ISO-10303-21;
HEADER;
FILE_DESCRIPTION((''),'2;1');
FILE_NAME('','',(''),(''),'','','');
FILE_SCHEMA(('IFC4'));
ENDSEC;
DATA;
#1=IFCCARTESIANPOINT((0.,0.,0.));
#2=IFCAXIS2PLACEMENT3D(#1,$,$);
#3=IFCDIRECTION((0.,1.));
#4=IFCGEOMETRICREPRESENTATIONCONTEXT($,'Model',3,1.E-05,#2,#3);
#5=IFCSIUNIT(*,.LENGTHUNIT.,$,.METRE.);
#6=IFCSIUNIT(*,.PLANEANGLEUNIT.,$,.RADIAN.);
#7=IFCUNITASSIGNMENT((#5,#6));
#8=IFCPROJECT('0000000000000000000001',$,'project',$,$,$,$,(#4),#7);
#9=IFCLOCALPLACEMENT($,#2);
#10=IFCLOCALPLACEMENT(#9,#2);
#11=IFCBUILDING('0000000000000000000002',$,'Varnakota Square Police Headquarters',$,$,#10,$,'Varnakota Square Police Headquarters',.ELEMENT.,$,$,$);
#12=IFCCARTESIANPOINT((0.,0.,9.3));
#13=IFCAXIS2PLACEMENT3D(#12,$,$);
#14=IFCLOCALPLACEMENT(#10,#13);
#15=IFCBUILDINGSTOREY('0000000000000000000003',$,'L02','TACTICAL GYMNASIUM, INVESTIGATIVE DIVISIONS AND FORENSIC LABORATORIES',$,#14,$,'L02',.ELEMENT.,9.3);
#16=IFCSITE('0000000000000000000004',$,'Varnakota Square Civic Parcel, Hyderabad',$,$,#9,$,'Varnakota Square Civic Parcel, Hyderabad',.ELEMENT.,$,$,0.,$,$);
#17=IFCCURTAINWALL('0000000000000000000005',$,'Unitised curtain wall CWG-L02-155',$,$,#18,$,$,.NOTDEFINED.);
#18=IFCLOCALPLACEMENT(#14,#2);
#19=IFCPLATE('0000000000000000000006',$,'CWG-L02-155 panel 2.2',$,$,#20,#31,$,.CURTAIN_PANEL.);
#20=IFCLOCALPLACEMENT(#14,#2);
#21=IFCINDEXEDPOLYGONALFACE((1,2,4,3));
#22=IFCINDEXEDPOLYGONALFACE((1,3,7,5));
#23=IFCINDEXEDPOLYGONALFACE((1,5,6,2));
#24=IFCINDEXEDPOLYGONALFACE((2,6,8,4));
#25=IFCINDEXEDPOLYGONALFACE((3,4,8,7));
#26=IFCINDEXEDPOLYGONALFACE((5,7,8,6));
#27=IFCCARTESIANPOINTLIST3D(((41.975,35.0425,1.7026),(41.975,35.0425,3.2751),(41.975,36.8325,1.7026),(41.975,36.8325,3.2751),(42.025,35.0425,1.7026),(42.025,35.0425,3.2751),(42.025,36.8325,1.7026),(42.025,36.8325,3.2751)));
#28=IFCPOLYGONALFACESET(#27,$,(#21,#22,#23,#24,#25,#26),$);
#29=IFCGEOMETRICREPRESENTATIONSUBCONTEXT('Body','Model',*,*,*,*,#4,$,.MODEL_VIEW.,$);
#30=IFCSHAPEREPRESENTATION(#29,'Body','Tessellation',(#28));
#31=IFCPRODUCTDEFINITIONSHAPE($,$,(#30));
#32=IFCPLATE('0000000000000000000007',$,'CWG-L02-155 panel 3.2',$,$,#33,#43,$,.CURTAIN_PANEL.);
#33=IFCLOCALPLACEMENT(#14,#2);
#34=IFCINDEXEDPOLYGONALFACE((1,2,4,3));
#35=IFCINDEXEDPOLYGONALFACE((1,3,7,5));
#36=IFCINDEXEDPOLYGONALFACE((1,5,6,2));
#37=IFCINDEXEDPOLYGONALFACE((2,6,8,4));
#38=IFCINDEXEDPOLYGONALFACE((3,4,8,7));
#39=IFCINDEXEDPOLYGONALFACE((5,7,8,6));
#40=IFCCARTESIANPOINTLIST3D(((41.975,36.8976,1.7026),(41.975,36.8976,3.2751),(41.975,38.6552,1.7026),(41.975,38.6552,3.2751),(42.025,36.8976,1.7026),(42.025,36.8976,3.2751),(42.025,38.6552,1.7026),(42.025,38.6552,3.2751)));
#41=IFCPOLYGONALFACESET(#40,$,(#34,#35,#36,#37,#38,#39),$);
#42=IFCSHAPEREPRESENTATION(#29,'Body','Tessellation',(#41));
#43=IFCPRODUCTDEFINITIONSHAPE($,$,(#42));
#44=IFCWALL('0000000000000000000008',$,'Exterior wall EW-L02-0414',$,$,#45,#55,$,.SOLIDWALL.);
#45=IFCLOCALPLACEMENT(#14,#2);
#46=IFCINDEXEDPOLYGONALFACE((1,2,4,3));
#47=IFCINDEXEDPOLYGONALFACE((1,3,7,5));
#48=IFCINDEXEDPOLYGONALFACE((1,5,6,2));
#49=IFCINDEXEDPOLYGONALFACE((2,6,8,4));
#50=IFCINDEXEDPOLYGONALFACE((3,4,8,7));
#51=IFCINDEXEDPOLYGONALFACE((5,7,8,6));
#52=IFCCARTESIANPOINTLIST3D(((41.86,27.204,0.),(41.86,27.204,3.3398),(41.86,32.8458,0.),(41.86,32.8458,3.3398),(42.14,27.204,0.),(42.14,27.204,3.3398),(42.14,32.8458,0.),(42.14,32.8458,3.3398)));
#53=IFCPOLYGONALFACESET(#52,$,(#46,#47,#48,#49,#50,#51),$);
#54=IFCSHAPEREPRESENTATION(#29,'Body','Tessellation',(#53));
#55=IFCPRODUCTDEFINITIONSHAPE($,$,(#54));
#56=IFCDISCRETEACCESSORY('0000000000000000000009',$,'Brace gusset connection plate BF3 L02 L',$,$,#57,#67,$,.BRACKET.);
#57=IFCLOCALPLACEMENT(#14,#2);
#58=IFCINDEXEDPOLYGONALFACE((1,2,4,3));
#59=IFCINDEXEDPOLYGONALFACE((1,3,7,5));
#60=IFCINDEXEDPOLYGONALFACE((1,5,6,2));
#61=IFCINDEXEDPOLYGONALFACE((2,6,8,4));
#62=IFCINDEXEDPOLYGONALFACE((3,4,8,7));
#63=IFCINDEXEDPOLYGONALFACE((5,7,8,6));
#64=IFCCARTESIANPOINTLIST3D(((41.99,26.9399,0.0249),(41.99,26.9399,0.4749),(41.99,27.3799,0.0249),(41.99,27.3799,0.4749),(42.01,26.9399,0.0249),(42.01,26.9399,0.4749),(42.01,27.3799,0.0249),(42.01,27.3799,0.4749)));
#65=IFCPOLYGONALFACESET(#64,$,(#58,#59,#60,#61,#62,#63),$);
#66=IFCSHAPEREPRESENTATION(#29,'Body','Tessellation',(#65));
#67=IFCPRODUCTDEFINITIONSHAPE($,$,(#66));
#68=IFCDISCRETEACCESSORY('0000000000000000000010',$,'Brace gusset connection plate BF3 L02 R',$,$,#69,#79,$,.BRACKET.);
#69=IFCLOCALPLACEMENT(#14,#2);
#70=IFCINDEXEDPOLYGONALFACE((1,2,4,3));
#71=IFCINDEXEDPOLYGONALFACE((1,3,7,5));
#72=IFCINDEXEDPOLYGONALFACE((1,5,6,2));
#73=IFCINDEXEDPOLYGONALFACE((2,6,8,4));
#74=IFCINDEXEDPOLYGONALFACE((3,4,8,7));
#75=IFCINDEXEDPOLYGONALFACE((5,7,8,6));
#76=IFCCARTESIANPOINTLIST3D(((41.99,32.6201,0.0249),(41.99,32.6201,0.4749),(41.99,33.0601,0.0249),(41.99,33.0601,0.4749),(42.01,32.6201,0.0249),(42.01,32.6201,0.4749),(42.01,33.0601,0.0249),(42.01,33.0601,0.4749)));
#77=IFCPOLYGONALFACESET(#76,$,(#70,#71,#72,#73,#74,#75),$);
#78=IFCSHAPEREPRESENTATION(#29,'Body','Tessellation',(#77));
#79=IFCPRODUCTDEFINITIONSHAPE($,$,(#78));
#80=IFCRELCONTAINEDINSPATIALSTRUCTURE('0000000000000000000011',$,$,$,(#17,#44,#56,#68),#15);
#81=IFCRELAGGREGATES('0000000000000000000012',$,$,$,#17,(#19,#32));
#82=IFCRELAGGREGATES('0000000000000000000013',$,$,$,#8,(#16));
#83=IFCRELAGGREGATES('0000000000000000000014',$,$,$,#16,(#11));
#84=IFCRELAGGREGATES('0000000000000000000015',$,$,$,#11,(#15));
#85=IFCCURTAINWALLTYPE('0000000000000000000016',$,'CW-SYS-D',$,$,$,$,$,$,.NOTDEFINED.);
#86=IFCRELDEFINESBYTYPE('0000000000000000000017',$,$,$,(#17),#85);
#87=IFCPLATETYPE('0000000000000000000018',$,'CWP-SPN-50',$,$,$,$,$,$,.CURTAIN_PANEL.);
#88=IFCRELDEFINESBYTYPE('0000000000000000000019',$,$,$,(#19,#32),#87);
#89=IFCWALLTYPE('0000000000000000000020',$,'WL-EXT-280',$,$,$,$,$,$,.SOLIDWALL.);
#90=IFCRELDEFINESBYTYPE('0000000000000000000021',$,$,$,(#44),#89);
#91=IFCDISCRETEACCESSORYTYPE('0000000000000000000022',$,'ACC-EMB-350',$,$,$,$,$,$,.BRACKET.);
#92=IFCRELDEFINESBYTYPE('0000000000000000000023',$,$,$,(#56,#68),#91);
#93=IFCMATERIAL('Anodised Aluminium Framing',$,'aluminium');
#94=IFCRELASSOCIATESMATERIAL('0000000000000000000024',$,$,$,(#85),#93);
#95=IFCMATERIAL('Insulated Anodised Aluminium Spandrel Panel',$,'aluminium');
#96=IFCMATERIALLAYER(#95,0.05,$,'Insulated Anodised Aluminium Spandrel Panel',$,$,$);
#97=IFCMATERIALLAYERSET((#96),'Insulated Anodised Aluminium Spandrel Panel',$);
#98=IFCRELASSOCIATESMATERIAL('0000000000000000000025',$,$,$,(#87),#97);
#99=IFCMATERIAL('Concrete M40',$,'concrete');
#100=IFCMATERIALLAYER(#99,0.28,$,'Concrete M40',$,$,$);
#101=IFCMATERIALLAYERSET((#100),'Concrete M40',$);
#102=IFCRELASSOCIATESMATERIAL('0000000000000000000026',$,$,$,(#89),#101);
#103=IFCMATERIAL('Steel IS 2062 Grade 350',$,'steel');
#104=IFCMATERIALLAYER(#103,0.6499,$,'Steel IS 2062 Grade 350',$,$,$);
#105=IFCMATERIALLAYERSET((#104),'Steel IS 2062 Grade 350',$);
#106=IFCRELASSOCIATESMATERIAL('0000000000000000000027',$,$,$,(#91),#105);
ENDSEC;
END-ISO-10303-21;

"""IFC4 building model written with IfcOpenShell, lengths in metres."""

from ifc_helpers import new_model, si_unit, direction, frame, frame_2d, origin, origin_2d, place, context, subcontext, project, spatial, rectangle, extrude, material, layer, layer_set, type_object, element, aggregate, save


model = new_model("IFC4")

# Units and contexts
model_context = context("Model", 3, precision=1e-05, world=origin(), true_north=direction((0.0, 1.0)))
body_context = subcontext(model_context, "Body", "Model", "MODEL_VIEW")
ifc_project = project(units=[si_unit("LENGTHUNIT", "METRE"), si_unit("PLANEANGLEUNIT", "RADIAN")], contexts=[model_context])

# Site, building, storey
site_placement = place(None, origin())
site = spatial("IfcSite", under=ifc_project, at=site_placement, Name="Varnakota Square Civic Parcel, Hyderabad", LongName="Varnakota Square Civic Parcel, Hyderabad", CompositionType="ELEMENT", RefElevation=0.0)
building_placement = place(site_placement, origin())
building = spatial("IfcBuilding", under=site, at=building_placement, Name="Varnakota Square Police Headquarters", LongName="Varnakota Square Police Headquarters", CompositionType="ELEMENT")
storey_placement = place(building_placement, frame((0.0, 0.0, 9.3)))
storey = spatial("IfcBuildingStorey", under=building, at=storey_placement, Name="L02", Description="TACTICAL GYMNASIUM, INVESTIGATIVE DIVISIONS AND FORENSIC LABORATORIES", LongName="L02", CompositionType="ELEMENT", Elevation=9.3)

# Shared definitions
ifc_material_1 = material(Name="Steel IS 2062 Grade 350", Category="steel")

# Shared definitions
ifc_material_2 = material(Name="Anodised Aluminium Framing", Category="aluminium")
curtain_wall_type = type_object("IfcCurtainWallType", Name="CW-SYS-D", PredefinedType="NOTDEFINED", material=ifc_material_2)

# Curtain wall
curtain_wall_1_placement = place(storey_placement, origin())
curtain_wall_1 = element("IfcCurtainWall", 1, at=curtain_wall_1_placement, inside=storey, type_object=curtain_wall_type, Name="Unitised curtain wall CWG-L02-155", PredefinedType="NOTDEFINED")

# Plates
ifc_material_3 = material(Name="Insulated Anodised Aluminium Spandrel Panel", Category="aluminium")
ifc_layer_1 = layer(ifc_material_3, 0.05, Name="Insulated Anodised Aluminium Spandrel Panel")
ifc_layer_set_1 = layer_set([ifc_layer_1], Name="Insulated Anodised Aluminium Spandrel Panel")
plate_type_1 = type_object("IfcPlateType", Name="CWP-SPN-50", PredefinedType="CURTAIN_PANEL", material=ifc_layer_set_1)
plate_1_placement = place(storey_placement, frame((42.0, 35.9375, 1.7026), z_axis=(0.0, 0.0, 1.0), x_axis=(0.0, 1.0, 0.0)))
plate_1 = element("IfcPlate", 2, at=plate_1_placement, type_object=plate_type_1, Name="CWG-L02-155 panel 2.2", PredefinedType="CURTAIN_PANEL", context=body_context, shape_type="SweptSolid", body=[
    extrude(rectangle(XDim=1.79, YDim=0.05, at=origin_2d()), origin(), (0.0, 0.0, 1.0), 1.5725),
])
plate_2_placement = place(storey_placement, frame((42.0, 37.7764, 1.7026), z_axis=(0.0, 0.0, 1.0), x_axis=(0.0, 1.0, 0.0)))
plate_2 = element("IfcPlate", 3, at=plate_2_placement, type_object=plate_type_1, Name="CWG-L02-155 panel 3.2", PredefinedType="CURTAIN_PANEL", context=body_context, shape_type="SweptSolid", body=[
    extrude(rectangle(XDim=1.7576, YDim=0.05, at=origin_2d()), origin(), (0.0, 0.0, 1.0), 1.5725),
])
aggregate(curtain_wall_1, [plate_1, plate_2])

# Wall
ifc_material_4 = material(Name="Concrete M40", Category="concrete")
ifc_layer_2 = layer(ifc_material_4, 0.28, Name="Concrete M40")
ifc_layer_set_2 = layer_set([ifc_layer_2], Name="Concrete M40")
wall_type = type_object("IfcWallType", Name="WL-EXT-280", PredefinedType="SOLIDWALL", material=ifc_layer_set_2)
wall_placement = place(storey_placement, frame((42.0, 27.2041, 0.0), z_axis=(0.0, 0.0, 1.0), x_axis=(0.0, 1.0, 0.0)))
element("IfcWall", 4, at=wall_placement, inside=storey, type_object=wall_type, Name="Exterior wall EW-L02-0414", PredefinedType="SOLIDWALL", context=body_context, shape_type="SweptSolid", body=[
    extrude(rectangle(XDim=5.6418, YDim=0.28, at=frame_2d((2.8208, 0.0))), origin(), (0.0, 0.0, 1.0), 3.3398),
])

# Discrete accessories
ifc_layer_3 = layer(ifc_material_1, 0.6499, Name="Steel IS 2062 Grade 350")
ifc_layer_set_3 = layer_set([ifc_layer_3], Name="Steel IS 2062 Grade 350")
discrete_accessory_type = type_object("IfcDiscreteAccessoryType", Name="ACC-EMB-350", PredefinedType="BRACKET", material=ifc_layer_set_3)
for number, where, z_axis, x_axis, name in (
    (5, (42.0, 27.1599, 0.0249), (0.0, 0.0, 1.0), (0.0, 1.0, 0.0), "Brace gusset connection plate BF3 L02 L"),
    (6, (42.0, 32.8401, 0.0249), (0.0, 0.0, 1.0), (0.0, 1.0, 0.0), "Brace gusset connection plate BF3 L02 R"),
):
    element("IfcDiscreteAccessory", number, at=place(storey_placement, frame(where, z_axis=z_axis, x_axis=x_axis)), inside=storey, type_object=discrete_accessory_type, Name=name, PredefinedType="BRACKET", context=body_context, shape_type="SweptSolid", body=[
        extrude(rectangle(XDim=0.4399, YDim=0.02, at=origin_2d()), origin(), (0.0, 0.0, 1.0), 0.45),
    ])

save(model, "model.ifc")
